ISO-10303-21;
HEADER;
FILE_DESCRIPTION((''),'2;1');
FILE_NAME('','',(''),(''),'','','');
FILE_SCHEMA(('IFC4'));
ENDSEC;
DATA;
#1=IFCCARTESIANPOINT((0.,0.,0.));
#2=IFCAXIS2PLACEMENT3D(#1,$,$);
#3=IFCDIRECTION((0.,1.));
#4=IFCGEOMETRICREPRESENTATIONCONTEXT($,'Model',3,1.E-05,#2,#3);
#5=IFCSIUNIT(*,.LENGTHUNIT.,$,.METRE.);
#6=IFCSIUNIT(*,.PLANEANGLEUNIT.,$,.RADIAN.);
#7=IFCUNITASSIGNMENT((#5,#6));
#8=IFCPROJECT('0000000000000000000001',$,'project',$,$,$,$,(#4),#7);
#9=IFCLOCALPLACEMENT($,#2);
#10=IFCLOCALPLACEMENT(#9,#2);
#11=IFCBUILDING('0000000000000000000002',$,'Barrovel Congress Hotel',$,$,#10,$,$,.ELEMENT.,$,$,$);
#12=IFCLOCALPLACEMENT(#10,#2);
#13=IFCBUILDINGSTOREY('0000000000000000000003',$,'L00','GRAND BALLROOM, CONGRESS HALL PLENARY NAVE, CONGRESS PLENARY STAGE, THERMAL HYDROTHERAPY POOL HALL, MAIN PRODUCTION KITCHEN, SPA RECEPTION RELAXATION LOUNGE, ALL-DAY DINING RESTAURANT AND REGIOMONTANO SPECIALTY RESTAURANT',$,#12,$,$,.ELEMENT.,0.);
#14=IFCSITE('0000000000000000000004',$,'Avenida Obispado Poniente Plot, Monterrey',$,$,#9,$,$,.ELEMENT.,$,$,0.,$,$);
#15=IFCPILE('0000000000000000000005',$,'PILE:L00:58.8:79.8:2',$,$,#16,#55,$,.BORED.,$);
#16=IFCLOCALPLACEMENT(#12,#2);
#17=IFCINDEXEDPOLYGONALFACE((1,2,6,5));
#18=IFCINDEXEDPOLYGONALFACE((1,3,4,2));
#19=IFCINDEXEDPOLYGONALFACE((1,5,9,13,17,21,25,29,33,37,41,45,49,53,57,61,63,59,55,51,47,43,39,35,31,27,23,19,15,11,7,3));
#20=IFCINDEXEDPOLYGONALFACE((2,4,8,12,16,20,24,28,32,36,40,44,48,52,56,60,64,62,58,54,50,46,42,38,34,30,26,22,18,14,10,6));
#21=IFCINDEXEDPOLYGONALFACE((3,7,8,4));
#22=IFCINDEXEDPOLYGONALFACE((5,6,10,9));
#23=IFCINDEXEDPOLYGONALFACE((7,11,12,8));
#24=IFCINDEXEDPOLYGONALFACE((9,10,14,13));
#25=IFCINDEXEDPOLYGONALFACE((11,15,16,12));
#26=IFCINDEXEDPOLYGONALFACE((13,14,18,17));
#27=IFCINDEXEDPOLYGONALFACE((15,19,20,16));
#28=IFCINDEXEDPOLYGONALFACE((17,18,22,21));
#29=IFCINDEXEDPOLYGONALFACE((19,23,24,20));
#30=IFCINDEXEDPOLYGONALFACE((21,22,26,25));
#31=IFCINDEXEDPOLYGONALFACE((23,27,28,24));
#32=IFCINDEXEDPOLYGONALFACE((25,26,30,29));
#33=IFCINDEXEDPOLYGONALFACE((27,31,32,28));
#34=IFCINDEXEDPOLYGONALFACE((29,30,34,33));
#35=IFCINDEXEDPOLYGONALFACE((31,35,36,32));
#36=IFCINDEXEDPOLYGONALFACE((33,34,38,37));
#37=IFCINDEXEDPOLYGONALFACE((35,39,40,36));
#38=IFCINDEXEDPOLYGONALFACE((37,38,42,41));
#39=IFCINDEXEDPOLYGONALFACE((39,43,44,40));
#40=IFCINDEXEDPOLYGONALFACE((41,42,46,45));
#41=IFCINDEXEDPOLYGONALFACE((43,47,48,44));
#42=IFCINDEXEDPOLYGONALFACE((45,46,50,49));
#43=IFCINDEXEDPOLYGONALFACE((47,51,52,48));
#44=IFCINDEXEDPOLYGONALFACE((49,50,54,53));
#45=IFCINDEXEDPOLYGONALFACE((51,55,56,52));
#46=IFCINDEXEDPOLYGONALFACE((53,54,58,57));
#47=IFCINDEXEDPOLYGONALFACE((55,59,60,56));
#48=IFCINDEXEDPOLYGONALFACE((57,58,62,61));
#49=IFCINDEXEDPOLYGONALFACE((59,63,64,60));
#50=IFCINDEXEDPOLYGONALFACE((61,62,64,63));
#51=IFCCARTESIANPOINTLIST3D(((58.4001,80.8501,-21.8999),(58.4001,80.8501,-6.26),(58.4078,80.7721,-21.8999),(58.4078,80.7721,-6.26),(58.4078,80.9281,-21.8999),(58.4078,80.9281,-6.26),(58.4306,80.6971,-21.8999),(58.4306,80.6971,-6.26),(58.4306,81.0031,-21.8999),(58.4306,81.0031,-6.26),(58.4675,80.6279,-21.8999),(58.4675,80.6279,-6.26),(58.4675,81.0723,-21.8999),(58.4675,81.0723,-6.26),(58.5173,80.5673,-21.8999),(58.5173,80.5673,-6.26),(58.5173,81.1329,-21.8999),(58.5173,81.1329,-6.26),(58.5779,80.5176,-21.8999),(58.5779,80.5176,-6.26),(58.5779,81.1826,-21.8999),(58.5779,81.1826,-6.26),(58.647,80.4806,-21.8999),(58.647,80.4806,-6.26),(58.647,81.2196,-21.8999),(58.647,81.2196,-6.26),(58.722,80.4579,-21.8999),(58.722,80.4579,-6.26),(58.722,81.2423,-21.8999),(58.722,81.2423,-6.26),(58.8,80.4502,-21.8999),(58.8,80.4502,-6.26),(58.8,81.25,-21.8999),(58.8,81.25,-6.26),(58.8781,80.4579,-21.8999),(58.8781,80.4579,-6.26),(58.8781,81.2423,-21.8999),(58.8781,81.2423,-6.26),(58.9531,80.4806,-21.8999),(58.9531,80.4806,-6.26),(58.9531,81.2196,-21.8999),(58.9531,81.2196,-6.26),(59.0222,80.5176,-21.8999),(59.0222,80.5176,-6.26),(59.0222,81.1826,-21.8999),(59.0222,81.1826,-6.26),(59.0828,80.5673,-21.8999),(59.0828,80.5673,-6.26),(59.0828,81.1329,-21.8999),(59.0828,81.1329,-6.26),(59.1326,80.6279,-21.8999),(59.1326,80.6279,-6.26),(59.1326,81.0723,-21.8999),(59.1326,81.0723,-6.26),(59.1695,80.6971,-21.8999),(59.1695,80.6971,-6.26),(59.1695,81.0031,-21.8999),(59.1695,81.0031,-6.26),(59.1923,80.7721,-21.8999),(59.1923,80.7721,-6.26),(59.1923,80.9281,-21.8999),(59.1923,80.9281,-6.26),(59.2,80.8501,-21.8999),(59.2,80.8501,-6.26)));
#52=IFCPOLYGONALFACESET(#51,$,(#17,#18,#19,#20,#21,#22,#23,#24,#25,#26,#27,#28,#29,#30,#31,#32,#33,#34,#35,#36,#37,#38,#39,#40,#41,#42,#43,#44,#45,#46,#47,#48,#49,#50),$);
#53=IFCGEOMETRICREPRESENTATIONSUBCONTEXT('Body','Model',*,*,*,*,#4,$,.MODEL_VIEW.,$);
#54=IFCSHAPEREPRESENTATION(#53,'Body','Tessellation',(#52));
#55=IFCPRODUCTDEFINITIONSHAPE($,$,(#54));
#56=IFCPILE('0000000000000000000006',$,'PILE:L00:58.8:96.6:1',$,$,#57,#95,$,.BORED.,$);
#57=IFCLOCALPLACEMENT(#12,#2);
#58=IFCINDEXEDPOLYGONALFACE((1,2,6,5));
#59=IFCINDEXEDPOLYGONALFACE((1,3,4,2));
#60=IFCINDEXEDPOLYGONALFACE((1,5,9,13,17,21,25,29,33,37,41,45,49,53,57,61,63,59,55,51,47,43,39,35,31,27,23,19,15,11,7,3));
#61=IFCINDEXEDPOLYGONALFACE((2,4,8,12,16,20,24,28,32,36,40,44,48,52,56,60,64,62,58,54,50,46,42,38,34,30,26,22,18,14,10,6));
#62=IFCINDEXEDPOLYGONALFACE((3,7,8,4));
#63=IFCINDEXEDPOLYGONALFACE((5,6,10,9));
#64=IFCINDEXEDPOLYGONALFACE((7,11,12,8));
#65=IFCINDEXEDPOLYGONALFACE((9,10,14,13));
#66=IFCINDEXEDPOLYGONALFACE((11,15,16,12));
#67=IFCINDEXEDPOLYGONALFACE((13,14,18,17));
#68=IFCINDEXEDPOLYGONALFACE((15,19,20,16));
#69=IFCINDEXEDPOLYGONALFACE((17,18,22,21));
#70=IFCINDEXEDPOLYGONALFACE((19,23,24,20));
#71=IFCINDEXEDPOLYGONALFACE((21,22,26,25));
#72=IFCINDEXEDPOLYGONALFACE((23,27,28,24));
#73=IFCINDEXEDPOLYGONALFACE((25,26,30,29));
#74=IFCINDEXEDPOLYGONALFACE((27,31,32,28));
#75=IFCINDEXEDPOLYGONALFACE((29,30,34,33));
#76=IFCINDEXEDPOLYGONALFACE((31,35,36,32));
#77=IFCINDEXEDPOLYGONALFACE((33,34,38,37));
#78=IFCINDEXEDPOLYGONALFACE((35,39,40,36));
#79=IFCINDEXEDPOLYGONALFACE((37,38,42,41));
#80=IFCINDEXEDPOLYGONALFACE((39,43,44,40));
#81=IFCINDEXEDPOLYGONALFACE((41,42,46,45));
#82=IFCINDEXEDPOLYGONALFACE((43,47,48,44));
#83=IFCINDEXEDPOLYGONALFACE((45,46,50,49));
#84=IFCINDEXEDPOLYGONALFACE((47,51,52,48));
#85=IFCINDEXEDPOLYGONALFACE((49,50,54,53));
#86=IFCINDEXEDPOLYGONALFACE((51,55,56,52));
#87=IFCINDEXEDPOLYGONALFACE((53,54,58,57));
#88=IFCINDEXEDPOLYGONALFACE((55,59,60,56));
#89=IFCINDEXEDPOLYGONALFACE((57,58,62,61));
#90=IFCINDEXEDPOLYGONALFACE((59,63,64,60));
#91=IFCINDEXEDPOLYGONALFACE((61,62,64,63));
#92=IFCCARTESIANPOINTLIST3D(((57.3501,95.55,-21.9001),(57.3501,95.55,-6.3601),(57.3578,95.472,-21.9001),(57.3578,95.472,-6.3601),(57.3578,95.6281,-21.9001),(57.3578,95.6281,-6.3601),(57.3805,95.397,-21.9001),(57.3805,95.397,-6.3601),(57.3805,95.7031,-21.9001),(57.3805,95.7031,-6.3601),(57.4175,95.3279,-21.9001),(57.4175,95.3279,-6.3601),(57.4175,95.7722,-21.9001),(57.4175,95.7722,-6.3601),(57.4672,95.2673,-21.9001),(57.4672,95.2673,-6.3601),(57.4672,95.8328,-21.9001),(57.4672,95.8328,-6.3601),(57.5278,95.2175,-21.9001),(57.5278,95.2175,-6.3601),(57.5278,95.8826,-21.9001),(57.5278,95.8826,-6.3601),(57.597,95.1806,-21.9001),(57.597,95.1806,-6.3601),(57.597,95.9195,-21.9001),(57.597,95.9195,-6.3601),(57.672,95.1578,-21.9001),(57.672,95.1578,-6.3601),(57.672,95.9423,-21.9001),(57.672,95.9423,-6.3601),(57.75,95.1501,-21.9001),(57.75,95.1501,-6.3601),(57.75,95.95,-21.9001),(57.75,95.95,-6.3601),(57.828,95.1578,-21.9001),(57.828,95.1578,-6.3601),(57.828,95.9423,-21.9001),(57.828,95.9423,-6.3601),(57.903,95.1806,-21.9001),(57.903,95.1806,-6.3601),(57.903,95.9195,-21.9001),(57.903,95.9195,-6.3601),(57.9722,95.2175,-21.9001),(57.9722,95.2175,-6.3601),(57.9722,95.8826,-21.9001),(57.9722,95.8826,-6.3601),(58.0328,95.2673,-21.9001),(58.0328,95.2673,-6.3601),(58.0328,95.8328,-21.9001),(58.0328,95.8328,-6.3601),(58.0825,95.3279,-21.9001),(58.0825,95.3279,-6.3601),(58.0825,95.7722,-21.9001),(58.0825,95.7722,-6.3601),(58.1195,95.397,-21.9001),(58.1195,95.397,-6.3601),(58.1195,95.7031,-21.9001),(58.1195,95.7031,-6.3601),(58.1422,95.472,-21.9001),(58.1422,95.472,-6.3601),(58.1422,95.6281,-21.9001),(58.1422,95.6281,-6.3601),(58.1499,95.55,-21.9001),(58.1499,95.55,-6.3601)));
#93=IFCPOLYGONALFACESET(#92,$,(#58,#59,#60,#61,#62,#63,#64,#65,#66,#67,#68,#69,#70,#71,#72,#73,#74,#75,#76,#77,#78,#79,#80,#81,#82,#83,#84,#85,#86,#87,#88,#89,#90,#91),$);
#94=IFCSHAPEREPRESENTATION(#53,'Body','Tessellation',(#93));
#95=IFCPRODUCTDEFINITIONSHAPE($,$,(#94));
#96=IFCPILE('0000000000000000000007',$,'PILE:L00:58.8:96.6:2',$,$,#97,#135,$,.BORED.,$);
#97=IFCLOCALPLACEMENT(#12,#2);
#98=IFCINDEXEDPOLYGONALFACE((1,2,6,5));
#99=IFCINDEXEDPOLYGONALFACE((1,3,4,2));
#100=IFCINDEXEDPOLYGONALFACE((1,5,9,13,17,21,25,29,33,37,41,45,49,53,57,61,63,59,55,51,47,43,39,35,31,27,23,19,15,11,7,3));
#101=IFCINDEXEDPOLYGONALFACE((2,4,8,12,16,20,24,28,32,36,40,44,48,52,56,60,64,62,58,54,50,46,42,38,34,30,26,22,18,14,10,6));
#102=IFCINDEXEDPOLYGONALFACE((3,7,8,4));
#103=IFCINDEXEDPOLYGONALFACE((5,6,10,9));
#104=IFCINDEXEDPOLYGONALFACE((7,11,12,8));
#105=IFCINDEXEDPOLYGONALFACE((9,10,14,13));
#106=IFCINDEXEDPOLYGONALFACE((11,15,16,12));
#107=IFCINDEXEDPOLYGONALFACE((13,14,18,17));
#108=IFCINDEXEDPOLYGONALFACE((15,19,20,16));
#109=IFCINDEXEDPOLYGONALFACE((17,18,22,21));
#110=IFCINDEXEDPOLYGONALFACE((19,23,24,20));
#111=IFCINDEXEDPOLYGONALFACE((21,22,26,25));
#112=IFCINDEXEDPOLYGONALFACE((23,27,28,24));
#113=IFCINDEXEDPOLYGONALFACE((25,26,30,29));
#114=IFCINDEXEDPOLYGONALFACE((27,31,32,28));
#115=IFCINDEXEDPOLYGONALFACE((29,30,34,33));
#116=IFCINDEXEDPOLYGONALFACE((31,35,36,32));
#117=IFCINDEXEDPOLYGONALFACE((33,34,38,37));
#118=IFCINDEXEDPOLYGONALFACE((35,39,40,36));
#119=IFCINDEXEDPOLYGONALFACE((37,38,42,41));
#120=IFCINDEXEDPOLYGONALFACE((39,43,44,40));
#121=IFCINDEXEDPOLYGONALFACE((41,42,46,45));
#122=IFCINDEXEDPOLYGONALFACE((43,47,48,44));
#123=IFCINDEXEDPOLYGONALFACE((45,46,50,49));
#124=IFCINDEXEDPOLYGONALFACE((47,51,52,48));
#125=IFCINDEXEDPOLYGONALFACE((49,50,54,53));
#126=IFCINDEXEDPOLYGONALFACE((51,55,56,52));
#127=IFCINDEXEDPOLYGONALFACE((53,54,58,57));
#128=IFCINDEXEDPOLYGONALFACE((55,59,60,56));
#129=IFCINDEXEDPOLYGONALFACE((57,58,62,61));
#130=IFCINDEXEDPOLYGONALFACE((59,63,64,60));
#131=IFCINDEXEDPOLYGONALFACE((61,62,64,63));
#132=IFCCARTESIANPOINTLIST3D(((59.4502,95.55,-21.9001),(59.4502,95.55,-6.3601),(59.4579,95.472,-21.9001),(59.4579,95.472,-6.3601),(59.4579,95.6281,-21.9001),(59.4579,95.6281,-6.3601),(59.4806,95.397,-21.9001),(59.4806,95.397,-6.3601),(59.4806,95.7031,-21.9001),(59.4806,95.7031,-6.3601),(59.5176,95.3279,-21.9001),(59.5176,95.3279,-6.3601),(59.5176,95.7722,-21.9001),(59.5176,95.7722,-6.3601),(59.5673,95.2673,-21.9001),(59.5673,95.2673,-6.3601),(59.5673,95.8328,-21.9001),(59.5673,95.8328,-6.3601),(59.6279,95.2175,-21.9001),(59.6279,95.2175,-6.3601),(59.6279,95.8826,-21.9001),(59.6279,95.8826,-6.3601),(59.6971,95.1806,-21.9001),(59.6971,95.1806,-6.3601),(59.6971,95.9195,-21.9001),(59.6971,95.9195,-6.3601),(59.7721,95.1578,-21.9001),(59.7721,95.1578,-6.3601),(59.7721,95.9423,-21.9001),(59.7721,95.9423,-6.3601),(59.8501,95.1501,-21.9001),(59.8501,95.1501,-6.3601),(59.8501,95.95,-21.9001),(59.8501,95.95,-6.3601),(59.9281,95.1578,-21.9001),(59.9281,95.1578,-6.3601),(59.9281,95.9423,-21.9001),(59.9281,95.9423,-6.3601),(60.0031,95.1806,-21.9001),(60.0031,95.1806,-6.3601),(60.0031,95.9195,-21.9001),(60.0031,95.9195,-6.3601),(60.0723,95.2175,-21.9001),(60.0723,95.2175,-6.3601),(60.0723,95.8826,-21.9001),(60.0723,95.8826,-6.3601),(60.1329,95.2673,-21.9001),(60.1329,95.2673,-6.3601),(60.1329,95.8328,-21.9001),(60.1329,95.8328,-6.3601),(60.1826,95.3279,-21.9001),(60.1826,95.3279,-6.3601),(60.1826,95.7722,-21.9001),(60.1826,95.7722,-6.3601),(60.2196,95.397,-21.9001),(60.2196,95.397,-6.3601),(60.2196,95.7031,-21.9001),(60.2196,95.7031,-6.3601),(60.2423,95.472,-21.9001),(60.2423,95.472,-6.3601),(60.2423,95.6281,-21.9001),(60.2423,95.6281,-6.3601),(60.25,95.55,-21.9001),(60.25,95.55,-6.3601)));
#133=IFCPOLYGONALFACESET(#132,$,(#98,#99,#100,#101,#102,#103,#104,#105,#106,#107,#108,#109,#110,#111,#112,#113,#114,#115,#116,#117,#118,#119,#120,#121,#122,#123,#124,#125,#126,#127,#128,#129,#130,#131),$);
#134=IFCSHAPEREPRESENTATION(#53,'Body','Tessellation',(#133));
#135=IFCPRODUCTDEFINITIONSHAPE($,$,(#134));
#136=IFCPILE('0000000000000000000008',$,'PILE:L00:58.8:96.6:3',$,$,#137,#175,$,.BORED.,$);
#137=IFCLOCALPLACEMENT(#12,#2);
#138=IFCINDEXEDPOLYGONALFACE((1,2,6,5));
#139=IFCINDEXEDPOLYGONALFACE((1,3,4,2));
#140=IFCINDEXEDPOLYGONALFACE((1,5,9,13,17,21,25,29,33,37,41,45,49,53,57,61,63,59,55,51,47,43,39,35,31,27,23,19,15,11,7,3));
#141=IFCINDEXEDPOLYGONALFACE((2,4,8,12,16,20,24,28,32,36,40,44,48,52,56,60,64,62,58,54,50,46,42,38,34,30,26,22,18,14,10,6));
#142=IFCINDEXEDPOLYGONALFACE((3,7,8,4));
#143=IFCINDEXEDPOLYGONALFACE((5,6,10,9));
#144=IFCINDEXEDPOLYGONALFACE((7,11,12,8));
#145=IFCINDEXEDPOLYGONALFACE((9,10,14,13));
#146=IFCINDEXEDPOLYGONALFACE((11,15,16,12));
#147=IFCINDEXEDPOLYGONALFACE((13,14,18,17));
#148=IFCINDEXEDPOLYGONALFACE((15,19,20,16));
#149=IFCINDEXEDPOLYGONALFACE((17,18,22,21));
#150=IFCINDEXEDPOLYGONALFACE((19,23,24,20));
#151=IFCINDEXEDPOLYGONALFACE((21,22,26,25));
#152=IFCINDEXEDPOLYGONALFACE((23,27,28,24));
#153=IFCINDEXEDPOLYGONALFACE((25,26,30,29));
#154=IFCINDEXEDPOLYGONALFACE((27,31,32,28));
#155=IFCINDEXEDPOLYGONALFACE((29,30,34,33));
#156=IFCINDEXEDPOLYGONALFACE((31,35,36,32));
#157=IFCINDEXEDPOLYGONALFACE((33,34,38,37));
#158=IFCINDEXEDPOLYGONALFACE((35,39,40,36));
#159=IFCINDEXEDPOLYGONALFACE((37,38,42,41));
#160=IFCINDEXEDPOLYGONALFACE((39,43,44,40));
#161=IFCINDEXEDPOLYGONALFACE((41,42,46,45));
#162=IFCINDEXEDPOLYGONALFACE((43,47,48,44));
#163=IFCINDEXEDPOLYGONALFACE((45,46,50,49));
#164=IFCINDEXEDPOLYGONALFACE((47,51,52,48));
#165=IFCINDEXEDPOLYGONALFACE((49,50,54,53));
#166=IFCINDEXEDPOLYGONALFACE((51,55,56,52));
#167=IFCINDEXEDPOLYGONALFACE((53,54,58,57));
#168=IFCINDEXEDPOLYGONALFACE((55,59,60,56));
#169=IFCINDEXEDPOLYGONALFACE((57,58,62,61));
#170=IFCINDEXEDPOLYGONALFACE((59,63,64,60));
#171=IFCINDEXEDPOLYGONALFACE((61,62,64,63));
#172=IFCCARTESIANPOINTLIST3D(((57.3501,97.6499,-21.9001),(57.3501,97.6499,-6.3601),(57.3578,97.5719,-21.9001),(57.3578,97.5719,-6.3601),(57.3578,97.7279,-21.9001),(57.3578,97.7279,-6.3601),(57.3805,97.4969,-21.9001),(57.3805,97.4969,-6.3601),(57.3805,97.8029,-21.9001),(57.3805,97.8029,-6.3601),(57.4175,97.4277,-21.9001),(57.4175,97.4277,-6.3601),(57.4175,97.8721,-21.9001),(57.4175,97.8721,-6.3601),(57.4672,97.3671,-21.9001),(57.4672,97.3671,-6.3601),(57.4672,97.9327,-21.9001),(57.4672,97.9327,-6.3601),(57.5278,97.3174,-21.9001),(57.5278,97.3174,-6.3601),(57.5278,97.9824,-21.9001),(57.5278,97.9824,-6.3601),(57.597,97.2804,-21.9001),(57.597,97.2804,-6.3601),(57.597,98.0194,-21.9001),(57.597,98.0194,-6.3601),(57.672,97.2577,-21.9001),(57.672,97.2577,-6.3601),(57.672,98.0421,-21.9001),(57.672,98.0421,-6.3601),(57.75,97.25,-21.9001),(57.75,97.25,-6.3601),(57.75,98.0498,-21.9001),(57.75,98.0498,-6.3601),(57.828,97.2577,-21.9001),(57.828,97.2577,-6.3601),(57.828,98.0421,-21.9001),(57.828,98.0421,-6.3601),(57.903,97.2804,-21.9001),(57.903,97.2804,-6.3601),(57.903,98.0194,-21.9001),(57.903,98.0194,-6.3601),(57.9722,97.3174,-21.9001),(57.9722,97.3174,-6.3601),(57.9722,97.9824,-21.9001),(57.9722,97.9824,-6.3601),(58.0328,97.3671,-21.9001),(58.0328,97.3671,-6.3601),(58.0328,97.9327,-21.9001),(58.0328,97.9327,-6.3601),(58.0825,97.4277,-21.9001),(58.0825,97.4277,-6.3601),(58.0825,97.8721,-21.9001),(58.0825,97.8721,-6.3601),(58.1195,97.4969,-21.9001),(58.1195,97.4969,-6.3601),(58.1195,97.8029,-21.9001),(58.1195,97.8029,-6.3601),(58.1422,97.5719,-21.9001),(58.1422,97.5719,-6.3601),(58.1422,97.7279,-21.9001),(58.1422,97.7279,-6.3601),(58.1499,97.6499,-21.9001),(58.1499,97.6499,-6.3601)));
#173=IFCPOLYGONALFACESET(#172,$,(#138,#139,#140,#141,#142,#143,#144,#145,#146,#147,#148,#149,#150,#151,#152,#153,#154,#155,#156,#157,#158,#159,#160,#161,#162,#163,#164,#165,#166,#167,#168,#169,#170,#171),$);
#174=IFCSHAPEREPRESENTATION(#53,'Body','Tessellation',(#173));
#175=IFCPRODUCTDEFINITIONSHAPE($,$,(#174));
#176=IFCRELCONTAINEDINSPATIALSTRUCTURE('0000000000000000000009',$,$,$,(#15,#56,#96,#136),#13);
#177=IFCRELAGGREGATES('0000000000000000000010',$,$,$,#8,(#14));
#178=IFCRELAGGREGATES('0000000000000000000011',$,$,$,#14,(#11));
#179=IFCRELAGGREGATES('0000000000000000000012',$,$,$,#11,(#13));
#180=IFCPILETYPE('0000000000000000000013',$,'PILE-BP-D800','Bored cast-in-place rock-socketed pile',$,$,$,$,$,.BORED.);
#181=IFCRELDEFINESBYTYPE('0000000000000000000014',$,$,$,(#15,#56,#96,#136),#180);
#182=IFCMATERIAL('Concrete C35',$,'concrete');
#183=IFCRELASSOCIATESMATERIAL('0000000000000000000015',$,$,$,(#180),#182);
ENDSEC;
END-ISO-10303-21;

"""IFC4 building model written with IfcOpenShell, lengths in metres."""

from ifc_helpers import new_model, si_unit, direction, frame, origin, origin_2d, place, context, subcontext, project, spatial, circle, extrude, material, material_profile, profile_set, type_object, element, save


model = new_model("IFC4")

# Units and contexts
model_context = context("Model", 3, precision=1e-05, world=origin(), true_north=direction((0.0, 1.0)))
body_context = subcontext(model_context, "Body", "Model", "MODEL_VIEW")
ifc_project = project(units=[si_unit("LENGTHUNIT", "METRE"), si_unit("PLANEANGLEUNIT", "RADIAN")], contexts=[model_context])

# Site, building, storey
site_placement = place(None, origin())
site = spatial("IfcSite", under=ifc_project, at=site_placement, Name="Avenida Obispado Poniente Plot, Monterrey", CompositionType="ELEMENT", RefElevation=0.0)
building_placement = place(site_placement, origin())
building = spatial("IfcBuilding", under=site, at=building_placement, Name="Barrovel Congress Hotel", CompositionType="ELEMENT")
storey_placement = place(building_placement, origin())
storey = spatial("IfcBuildingStorey", under=building, at=storey_placement, Name="L00", Description="GRAND BALLROOM, CONGRESS HALL PLENARY NAVE, CONGRESS PLENARY STAGE, THERMAL HYDROTHERAPY POOL HALL, MAIN PRODUCTION KITCHEN, SPA RECEPTION RELAXATION LOUNGE, ALL-DAY DINING RESTAURANT AND REGIOMONTANO SPECIALTY RESTAURANT", CompositionType="ELEMENT", Elevation=0.0)

# Piles
ifc_material_1 = material(Name="Concrete C35", Category="concrete")
ifc_material_profile_1 = material_profile(ifc_material_1, circle(Radius=0.3999, at=origin_2d()), Name="BP-D800")
ifc_profile_set_1 = profile_set([ifc_material_profile_1], Name="Concrete C35")
pile_type = type_object("IfcPileType", Name="PILE-BP-D800", Description="Bored cast-in-place rock-socketed pile", PredefinedType="BORED", material=ifc_profile_set_1)
for number, where, z_axis, x_axis, name in (
    (1, (58.8, 80.8501, -6.26), (0.0, 0.0, -1.0), (1.0, 0.0, 0.0), "PILE:L00:58.8:79.8:2"),
):
    element("IfcPile", number, at=place(storey_placement, frame(where, z_axis=z_axis, x_axis=x_axis)), inside=storey, type_object=pile_type, Name=name, PredefinedType="BORED", context=body_context, shape_type="SweptSolid", body=[
        extrude(circle(Radius=0.3999, at=origin_2d()), origin(), (0.0, 0.0, 1.0), 15.6399),
    ])
for number, where, z_axis, x_axis, name in (
    (2, (57.75, 95.55, -6.3601), (0.0, 0.0, -1.0), (1.0, 0.0, 0.0), "PILE:L00:58.8:96.6:1"),
    (3, (59.8501, 95.55, -6.3601), (0.0, 0.0, -1.0), (1.0, 0.0, 0.0), "PILE:L00:58.8:96.6:2"),
    (4, (57.75, 97.6499, -6.3601), (0.0, 0.0, -1.0), (1.0, 0.0, 0.0), "PILE:L00:58.8:96.6:3"),
):
    element("IfcPile", number, at=place(storey_placement, frame(where, z_axis=z_axis, x_axis=x_axis)), inside=storey, type_object=pile_type, Name=name, PredefinedType="BORED", context=body_context, shape_type="SweptSolid", body=[
        extrude(circle(Radius=0.3999, at=origin_2d()), origin(), (0.0, 0.0, 1.0), 15.54),
    ])

save(model, "model.ifc")
